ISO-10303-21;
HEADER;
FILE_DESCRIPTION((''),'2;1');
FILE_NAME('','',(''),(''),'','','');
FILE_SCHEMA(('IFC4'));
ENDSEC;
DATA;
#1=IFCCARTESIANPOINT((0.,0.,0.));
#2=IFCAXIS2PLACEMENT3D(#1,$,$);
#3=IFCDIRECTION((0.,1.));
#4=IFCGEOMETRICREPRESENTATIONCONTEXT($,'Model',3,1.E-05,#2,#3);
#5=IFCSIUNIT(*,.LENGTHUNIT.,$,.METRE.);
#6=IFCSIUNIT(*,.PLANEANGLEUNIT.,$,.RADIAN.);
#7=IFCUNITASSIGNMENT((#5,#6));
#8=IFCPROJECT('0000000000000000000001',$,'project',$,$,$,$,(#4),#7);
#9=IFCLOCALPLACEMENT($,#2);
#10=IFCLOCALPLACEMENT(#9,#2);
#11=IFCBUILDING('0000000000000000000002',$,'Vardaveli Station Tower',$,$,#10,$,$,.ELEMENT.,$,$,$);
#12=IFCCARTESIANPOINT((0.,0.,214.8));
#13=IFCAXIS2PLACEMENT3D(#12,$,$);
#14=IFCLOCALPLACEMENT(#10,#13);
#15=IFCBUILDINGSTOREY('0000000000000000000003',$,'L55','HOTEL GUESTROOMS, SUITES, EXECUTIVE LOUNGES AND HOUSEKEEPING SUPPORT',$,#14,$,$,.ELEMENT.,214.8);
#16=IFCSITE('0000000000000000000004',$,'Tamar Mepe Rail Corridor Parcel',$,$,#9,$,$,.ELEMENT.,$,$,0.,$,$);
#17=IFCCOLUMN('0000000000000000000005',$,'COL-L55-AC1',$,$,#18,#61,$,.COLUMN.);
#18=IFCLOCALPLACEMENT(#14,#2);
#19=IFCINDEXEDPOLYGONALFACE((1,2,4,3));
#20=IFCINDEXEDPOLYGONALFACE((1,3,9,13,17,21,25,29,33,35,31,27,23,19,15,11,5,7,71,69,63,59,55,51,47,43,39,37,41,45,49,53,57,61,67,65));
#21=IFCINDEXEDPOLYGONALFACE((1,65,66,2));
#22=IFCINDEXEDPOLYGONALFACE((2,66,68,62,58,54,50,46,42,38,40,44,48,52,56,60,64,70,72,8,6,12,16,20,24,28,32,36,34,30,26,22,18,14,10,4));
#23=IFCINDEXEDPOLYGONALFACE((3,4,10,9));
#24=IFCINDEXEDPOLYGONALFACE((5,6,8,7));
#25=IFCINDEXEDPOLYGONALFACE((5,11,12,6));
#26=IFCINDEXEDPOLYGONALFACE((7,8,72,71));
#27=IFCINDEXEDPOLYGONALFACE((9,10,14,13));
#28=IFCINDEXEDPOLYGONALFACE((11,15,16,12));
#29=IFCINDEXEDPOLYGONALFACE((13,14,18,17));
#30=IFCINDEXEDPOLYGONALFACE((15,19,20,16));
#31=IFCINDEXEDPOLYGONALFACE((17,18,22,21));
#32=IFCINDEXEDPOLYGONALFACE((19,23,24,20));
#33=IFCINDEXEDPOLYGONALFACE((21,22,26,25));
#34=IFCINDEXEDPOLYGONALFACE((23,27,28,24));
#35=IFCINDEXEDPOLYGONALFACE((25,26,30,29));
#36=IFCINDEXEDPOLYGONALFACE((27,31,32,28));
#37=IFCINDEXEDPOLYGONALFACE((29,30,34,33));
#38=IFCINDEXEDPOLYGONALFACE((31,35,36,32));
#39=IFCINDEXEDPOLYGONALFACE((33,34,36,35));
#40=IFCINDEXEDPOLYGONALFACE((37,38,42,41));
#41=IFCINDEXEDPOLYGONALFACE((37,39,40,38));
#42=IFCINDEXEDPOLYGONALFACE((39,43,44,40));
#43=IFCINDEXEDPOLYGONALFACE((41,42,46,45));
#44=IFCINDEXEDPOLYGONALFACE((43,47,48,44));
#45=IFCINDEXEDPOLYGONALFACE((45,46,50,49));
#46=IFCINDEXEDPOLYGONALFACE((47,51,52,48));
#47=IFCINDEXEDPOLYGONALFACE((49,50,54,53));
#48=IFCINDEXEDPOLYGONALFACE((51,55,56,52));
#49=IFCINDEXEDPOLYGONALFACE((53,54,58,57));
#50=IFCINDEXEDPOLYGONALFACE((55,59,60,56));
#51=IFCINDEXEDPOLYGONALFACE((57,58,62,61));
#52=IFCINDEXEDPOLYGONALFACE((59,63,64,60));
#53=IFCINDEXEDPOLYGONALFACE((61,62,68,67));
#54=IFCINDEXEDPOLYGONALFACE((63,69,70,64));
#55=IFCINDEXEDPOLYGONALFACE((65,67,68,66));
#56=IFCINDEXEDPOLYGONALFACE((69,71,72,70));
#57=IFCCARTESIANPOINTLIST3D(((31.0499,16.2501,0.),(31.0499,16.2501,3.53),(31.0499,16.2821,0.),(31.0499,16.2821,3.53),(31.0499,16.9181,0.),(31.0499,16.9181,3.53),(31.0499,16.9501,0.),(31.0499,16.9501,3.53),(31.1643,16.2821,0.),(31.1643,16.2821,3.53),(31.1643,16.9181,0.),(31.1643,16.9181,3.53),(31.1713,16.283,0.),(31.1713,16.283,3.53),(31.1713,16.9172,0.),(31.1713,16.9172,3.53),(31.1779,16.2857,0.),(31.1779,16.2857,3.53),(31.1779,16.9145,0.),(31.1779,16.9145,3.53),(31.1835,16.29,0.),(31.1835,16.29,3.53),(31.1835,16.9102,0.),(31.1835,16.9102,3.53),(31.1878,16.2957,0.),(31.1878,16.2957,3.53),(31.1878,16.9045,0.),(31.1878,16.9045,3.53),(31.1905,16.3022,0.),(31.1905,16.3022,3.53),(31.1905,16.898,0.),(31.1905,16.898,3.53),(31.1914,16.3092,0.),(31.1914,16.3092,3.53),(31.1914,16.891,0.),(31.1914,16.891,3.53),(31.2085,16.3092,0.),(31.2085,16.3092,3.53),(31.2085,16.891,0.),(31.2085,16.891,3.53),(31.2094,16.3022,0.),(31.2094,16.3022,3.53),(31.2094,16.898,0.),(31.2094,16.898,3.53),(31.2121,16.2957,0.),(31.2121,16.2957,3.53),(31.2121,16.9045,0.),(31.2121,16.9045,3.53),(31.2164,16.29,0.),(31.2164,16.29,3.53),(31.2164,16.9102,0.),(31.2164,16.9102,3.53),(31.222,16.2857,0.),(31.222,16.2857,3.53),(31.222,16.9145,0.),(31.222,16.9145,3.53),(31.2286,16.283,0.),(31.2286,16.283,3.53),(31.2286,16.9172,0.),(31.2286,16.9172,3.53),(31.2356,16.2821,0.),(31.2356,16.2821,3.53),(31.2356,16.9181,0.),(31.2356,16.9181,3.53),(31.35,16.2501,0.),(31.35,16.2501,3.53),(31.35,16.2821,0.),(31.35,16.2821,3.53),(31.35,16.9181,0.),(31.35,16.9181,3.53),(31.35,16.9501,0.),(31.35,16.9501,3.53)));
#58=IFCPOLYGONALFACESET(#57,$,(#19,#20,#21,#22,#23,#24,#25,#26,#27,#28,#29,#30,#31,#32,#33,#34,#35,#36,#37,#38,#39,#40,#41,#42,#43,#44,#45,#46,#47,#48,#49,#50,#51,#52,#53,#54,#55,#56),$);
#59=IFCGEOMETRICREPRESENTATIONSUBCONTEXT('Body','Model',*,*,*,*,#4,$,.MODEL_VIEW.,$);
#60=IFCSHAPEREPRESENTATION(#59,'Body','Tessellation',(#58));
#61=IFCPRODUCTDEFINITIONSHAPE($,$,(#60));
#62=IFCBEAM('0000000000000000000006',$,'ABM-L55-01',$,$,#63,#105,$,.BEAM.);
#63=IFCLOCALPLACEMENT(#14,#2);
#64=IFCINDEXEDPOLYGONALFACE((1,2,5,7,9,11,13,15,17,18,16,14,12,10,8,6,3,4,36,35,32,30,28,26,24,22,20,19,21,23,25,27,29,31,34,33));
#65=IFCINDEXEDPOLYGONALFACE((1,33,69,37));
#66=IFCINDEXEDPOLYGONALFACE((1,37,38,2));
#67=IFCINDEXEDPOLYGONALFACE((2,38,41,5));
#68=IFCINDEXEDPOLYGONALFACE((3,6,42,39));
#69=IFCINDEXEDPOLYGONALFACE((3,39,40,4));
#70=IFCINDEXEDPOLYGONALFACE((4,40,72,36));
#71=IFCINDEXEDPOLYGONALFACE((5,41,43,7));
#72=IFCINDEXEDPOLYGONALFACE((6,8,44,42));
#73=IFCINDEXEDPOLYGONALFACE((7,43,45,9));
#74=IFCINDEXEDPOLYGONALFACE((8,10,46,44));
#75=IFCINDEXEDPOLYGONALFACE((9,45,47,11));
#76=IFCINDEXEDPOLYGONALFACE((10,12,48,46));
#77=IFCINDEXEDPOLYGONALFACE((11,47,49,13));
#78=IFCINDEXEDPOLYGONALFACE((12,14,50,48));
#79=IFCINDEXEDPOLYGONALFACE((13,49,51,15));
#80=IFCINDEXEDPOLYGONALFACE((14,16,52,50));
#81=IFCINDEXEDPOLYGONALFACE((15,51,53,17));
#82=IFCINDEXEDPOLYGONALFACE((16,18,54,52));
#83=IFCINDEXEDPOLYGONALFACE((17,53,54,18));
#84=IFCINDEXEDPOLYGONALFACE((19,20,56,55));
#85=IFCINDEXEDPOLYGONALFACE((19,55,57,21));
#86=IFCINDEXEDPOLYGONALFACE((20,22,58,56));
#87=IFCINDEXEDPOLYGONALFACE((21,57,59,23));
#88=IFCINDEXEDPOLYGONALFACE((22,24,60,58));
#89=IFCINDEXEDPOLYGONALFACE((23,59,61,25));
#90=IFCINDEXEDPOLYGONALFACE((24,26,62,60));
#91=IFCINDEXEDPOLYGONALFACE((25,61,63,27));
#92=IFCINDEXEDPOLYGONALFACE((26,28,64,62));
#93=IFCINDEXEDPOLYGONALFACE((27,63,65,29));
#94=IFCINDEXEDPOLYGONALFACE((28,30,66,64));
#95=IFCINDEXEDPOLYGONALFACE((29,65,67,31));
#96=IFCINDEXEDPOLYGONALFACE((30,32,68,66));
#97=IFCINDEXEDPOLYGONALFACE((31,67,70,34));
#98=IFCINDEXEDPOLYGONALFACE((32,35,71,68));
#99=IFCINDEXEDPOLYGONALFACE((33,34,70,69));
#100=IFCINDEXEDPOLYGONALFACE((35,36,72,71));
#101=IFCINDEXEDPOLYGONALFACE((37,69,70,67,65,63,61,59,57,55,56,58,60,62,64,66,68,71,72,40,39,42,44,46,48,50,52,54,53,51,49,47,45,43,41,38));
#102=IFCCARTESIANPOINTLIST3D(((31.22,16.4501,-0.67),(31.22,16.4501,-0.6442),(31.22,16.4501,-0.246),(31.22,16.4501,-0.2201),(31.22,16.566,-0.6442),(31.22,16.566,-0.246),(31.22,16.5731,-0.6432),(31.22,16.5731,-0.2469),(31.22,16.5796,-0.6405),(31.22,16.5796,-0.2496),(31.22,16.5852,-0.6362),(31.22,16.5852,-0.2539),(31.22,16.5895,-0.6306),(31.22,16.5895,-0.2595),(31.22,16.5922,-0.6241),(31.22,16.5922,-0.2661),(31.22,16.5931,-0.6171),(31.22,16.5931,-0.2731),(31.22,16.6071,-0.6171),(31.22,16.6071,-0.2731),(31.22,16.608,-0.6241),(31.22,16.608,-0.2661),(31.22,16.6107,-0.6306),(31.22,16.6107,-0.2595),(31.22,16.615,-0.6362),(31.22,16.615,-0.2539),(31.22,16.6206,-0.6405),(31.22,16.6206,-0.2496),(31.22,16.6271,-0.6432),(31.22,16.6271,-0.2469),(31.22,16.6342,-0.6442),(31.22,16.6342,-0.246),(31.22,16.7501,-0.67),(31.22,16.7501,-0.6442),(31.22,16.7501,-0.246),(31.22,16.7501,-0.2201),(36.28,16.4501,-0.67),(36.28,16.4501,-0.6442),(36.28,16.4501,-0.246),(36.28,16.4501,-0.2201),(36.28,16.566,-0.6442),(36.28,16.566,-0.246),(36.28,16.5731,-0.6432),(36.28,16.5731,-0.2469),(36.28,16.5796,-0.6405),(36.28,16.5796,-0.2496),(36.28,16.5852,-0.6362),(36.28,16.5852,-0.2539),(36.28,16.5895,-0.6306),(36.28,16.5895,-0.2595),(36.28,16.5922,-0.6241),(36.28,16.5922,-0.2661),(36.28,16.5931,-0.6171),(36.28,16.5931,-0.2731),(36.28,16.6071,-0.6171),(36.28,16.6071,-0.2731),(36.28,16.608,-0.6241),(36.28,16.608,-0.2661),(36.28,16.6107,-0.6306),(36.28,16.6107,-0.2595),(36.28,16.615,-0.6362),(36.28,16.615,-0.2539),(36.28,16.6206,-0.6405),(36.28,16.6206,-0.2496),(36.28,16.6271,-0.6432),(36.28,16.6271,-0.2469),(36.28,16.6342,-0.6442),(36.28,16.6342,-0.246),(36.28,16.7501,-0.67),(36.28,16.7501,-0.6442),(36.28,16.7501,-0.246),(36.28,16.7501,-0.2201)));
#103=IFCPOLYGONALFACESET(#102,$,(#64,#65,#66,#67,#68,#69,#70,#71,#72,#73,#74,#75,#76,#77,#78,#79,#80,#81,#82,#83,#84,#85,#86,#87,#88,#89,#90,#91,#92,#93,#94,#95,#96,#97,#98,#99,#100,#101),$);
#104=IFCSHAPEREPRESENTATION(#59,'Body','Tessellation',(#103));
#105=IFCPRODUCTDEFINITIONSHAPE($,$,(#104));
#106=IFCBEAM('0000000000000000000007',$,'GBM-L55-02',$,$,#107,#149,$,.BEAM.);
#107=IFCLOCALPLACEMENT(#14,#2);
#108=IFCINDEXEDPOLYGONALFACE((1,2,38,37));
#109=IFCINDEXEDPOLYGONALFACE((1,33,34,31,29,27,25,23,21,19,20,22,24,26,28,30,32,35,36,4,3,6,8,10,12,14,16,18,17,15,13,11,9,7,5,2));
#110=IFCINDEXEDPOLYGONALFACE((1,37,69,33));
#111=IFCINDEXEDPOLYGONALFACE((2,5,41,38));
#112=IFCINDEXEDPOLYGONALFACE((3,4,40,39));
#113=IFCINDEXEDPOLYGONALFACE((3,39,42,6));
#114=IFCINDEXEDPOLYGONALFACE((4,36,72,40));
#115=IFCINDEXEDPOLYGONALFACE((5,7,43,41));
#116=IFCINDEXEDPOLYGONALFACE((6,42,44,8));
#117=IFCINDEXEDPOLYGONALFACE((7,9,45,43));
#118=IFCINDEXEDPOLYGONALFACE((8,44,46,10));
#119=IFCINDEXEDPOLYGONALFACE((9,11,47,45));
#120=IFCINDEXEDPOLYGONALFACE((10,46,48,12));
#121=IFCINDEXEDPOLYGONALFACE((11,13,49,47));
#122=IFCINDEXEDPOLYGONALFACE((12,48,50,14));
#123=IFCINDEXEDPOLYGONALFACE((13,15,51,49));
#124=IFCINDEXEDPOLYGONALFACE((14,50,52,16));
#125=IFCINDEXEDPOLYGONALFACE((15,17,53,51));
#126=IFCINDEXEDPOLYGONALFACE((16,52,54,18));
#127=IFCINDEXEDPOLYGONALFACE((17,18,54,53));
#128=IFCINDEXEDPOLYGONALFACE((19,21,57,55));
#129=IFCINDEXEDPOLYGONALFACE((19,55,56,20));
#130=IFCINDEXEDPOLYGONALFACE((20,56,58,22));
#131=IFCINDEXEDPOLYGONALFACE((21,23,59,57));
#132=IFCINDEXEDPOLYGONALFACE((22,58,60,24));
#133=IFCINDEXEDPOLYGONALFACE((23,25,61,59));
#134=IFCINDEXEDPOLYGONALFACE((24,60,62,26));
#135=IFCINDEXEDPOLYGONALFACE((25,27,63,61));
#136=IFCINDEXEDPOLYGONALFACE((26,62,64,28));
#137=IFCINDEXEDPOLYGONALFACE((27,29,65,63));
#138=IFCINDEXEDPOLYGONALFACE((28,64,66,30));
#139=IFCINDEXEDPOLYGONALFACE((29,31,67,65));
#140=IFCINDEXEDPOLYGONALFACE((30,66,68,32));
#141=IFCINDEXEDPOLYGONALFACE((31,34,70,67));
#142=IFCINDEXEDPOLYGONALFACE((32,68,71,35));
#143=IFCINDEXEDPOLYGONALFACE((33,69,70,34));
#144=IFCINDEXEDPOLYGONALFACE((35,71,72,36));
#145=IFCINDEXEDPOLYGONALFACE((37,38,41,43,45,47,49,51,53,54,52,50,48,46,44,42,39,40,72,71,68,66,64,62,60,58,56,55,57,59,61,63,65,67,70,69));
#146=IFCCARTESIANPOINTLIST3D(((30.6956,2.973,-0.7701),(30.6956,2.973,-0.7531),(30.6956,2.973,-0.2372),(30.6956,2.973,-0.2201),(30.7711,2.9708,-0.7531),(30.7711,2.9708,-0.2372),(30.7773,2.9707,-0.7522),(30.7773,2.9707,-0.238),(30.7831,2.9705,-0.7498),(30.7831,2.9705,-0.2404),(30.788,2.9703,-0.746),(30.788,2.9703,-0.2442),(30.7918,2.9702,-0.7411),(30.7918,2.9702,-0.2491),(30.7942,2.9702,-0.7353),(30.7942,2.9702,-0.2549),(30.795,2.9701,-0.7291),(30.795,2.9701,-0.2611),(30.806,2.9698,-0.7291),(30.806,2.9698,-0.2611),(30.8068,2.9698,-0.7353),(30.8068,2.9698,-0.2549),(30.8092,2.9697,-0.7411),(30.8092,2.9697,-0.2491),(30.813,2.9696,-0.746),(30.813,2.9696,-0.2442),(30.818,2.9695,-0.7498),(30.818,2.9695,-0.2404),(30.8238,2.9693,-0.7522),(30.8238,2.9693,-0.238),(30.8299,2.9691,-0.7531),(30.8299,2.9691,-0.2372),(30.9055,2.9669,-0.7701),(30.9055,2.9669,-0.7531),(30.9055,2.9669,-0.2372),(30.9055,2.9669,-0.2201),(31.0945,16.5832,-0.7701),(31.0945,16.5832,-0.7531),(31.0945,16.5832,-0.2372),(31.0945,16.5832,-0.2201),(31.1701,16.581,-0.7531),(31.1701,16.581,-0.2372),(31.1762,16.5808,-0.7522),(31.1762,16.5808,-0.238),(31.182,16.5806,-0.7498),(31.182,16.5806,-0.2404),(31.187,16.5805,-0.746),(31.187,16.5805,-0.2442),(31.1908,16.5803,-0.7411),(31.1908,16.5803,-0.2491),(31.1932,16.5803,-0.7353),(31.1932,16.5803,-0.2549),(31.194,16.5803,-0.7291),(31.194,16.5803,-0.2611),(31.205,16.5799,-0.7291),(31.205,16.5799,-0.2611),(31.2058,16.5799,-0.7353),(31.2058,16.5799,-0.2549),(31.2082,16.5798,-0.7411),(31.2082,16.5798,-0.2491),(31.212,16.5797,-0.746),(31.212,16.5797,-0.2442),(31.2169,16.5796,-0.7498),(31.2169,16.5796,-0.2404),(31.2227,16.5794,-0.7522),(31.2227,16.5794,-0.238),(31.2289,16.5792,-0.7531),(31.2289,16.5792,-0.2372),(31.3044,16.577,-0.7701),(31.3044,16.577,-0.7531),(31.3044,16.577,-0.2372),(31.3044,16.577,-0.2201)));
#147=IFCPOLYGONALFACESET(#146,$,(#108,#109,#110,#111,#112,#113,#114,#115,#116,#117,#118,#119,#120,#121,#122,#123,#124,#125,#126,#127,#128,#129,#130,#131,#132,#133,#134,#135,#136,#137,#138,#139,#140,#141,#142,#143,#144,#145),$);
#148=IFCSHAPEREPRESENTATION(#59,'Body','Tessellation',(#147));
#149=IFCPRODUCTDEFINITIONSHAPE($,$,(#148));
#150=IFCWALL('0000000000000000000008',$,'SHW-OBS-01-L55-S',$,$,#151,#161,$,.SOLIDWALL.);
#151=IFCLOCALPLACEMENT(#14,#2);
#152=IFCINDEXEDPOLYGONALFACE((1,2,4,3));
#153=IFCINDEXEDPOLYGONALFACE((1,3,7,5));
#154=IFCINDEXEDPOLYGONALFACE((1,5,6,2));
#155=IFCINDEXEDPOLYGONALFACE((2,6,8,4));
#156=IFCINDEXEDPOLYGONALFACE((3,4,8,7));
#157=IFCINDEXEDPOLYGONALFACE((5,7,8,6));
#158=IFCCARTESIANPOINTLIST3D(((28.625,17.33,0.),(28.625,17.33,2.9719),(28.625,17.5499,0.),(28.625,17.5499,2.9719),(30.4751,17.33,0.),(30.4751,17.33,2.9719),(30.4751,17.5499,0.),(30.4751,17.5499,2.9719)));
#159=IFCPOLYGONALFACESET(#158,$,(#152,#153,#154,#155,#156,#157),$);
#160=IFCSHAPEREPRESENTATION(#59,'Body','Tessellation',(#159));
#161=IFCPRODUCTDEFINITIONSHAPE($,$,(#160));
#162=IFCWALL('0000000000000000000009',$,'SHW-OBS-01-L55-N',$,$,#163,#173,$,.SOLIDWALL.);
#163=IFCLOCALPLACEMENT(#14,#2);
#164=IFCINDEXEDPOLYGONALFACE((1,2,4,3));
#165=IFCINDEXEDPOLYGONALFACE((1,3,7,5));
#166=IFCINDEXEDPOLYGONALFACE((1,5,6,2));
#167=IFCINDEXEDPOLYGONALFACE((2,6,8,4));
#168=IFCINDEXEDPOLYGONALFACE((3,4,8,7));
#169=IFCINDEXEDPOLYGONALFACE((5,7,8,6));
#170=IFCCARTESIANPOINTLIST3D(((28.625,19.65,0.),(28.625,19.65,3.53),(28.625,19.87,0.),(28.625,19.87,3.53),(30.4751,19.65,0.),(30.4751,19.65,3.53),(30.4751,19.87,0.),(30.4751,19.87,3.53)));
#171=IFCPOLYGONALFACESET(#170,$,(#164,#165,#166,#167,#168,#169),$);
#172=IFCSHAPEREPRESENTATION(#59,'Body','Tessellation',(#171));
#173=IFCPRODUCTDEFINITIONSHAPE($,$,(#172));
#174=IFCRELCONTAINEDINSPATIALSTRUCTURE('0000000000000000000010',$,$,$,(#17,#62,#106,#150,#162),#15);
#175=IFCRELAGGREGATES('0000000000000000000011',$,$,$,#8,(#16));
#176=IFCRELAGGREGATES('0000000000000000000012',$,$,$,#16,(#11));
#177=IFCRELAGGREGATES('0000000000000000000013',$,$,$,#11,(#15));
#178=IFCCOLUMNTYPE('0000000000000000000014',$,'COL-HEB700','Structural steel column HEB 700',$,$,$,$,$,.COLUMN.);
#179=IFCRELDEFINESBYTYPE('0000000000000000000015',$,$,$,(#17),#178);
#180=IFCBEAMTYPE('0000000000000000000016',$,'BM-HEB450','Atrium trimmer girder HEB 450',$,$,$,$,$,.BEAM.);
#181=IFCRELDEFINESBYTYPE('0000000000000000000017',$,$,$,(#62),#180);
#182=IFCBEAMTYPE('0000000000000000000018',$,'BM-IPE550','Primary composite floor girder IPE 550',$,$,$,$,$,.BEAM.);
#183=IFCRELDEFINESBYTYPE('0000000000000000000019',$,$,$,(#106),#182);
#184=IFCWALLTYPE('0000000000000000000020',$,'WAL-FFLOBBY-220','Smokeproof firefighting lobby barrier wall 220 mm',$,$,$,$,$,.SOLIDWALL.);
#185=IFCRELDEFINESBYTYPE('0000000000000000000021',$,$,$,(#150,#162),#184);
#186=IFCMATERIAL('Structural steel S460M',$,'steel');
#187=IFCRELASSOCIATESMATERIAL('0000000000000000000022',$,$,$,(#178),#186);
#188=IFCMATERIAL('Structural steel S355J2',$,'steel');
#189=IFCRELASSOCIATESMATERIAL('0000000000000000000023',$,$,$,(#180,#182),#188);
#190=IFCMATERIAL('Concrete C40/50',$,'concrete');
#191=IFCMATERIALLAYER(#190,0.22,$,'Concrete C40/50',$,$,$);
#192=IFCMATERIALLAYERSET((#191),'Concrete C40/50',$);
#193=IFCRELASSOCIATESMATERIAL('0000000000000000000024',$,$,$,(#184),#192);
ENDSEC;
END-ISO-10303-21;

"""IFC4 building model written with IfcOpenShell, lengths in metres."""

from ifc_helpers import new_model, si_unit, direction, frame, frame_2d, origin, origin_2d, place, context, subcontext, project, spatial, rectangle, i_section, extrude, source, transform, mapped, material, layer, layer_set, material_profile, profile_set, type_object, element, save


model = new_model("IFC4")

# Units and contexts
model_context = context("Model", 3, precision=1e-05, world=origin(), true_north=direction((0.0, 1.0)))
body_context = subcontext(model_context, "Body", "Model", "MODEL_VIEW")
ifc_project = project(units=[si_unit("LENGTHUNIT", "METRE"), si_unit("PLANEANGLEUNIT", "RADIAN")], contexts=[model_context])

# Site, building, storey
site_placement = place(None, origin())
site = spatial("IfcSite", under=ifc_project, at=site_placement, Name="Tamar Mepe Rail Corridor Parcel", CompositionType="ELEMENT", RefElevation=0.0)
building_placement = place(site_placement, origin())
building = spatial("IfcBuilding", under=site, at=building_placement, Name="Vardaveli Station Tower", CompositionType="ELEMENT")
storey_placement = place(building_placement, frame((0.0, 0.0, 214.8)))
storey = spatial("IfcBuildingStorey", under=building, at=storey_placement, Name="L55", Description="HOTEL GUESTROOMS, SUITES, EXECUTIVE LOUNGES AND HOUSEKEEPING SUPPORT", CompositionType="ELEMENT", Elevation=214.8)

# Column
ifc_material_1 = material(Name="Structural steel S460M", Category="steel")
ifc_material_profile_1 = material_profile(ifc_material_1, i_section(OverallWidth=0.3, OverallDepth=0.7, WebThickness=0.0171, FlangeThickness=0.032, FilletRadius=0.0271, at=origin_2d()), Name="HEB 700")
ifc_profile_set_1 = profile_set([ifc_material_profile_1], Name="Structural steel S460M")
column_type = type_object("IfcColumnType", Name="COL-HEB700", Description="Structural steel column HEB 700", PredefinedType="COLUMN", material=ifc_profile_set_1)
shared_shape_1 = source(origin(), body_context, "Body", "SweptSolid", [
    extrude(i_section(OverallWidth=0.3, OverallDepth=0.7, WebThickness=0.0171, FlangeThickness=0.032, FilletRadius=0.0271, at=origin_2d()), origin(), (0.0, 0.0, 1.0), 3.53),
])
column_placement = place(storey_placement, frame((31.2, 16.6001, 0.0), z_axis=(0.0, 0.0, 1.0), x_axis=(1.0, 0.0, 0.0)))
element("IfcColumn", 1, at=column_placement, inside=storey, type_object=column_type, Name="COL-L55-AC1", PredefinedType="COLUMN", context=body_context, shape_type="MappedRepresentation", body=[
    mapped(shared_shape_1, transform((0.0, 0.0, 0.0), scale=1.0)),
])

# Beams
ifc_material_2 = material(Name="Structural steel S355J2", Category="steel")
ifc_material_profile_2 = material_profile(ifc_material_2, i_section(OverallWidth=0.3, OverallDepth=0.45, WebThickness=0.0139, FlangeThickness=0.0259, FilletRadius=0.0271, at=origin_2d()), Name="HEB 450")
ifc_profile_set_2 = profile_set([ifc_material_profile_2], Name="Structural steel S355J2")
beam_type_1 = type_object("IfcBeamType", Name="BM-HEB450", Description="Atrium trimmer girder HEB 450", PredefinedType="BEAM", material=ifc_profile_set_2)
shared_shape_2 = source(origin(), body_context, "Body", "SweptSolid", [
    extrude(i_section(OverallWidth=0.3, OverallDepth=0.45, WebThickness=0.0139, FlangeThickness=0.0259, FilletRadius=0.0271, at=origin_2d()), origin(), (0.0, 0.0, 1.0), 5.0601),
])
beam_1_placement = place(storey_placement, frame((31.22, 16.6001, -0.4451), z_axis=(1.0, 0.0, 0.0), x_axis=(0.0, 1.0, 0.0)))
element("IfcBeam", 2, at=beam_1_placement, inside=storey, type_object=beam_type_1, Name="ABM-L55-01", PredefinedType="BEAM", context=body_context, shape_type="MappedRepresentation", body=[
    mapped(shared_shape_2, transform((0.0, 0.0, 0.0), scale=1.0)),
])
ifc_material_profile_3 = material_profile(ifc_material_2, i_section(OverallWidth=0.21, OverallDepth=0.55, WebThickness=0.011, FlangeThickness=0.0171, FilletRadius=0.0239, at=origin_2d()), Name="IPE 550")
ifc_profile_set_3 = profile_set([ifc_material_profile_3], Name="Structural steel S355J2")
beam_type_2 = type_object("IfcBeamType", Name="BM-IPE550", Description="Primary composite floor girder IPE 550", PredefinedType="BEAM", material=ifc_profile_set_3)
shared_shape_3 = source(origin(), body_context, "Body", "SweptSolid", [
    extrude(i_section(OverallWidth=0.21, OverallDepth=0.55, WebThickness=0.011, FlangeThickness=0.0171, FilletRadius=0.0239, at=origin_2d()), origin(), (0.0, 0.0, 1.0), 13.616),
])
beam_2_placement = place(storey_placement, frame((30.8005, 2.97, -0.4951), z_axis=(0.029298, 0.999571, 0.0), x_axis=(-0.999571, 0.029298, 0.0)))
element("IfcBeam", 3, at=beam_2_placement, inside=storey, type_object=beam_type_2, Name="GBM-L55-02", PredefinedType="BEAM", context=body_context, shape_type="MappedRepresentation", body=[
    mapped(shared_shape_3, transform((0.0, 0.0, 0.0), scale=1.0)),
])

# Walls
ifc_material_3 = material(Name="Concrete C40/50", Category="concrete")
ifc_layer_1 = layer(ifc_material_3, 0.22, Name="Concrete C40/50")
ifc_layer_set_1 = layer_set([ifc_layer_1], Name="Concrete C40/50")
wall_type_1 = type_object("IfcWallType", Name="WAL-FFLOBBY-220", Description="Smokeproof firefighting lobby barrier wall 220 mm", PredefinedType="SOLIDWALL", material=ifc_layer_set_1)
shared_shape_4 = source(origin(), body_context, "Body", "SweptSolid", [
    extrude(rectangle(XDim=1.8501, YDim=0.22, at=frame_2d((0.925, 0.0))), origin(), (0.0, 0.0, 1.0), 2.9719),
])
wall_1_placement = place(storey_placement, frame((28.625, 17.4399, 0.0), z_axis=(0.0, 0.0, 1.0), x_axis=(1.0, 0.0, 0.0)))
element("IfcWall", 4, at=wall_1_placement, inside=storey, type_object=wall_type_1, Name="SHW-OBS-01-L55-S", PredefinedType="SOLIDWALL", context=body_context, shape_type="MappedRepresentation", body=[
    mapped(shared_shape_4, transform((0.0, 0.0, 0.0), scale=1.0)),
])
shared_shape_5 = source(origin(), body_context, "Body", "SweptSolid", [
    extrude(rectangle(XDim=1.8501, YDim=0.22, at=frame_2d((0.925, 0.0))), origin(), (0.0, 0.0, 1.0), 3.53),
])
wall_2_placement = place(storey_placement, frame((28.625, 19.76, 0.0), z_axis=(0.0, 0.0, 1.0), x_axis=(1.0, 0.0, 0.0)))
element("IfcWall", 5, at=wall_2_placement, inside=storey, type_object=wall_type_1, Name="SHW-OBS-01-L55-N", PredefinedType="SOLIDWALL", context=body_context, shape_type="MappedRepresentation", body=[
    mapped(shared_shape_5, transform((0.0, 0.0, 0.0), scale=1.0)),
])

save(model, "model.ifc")
